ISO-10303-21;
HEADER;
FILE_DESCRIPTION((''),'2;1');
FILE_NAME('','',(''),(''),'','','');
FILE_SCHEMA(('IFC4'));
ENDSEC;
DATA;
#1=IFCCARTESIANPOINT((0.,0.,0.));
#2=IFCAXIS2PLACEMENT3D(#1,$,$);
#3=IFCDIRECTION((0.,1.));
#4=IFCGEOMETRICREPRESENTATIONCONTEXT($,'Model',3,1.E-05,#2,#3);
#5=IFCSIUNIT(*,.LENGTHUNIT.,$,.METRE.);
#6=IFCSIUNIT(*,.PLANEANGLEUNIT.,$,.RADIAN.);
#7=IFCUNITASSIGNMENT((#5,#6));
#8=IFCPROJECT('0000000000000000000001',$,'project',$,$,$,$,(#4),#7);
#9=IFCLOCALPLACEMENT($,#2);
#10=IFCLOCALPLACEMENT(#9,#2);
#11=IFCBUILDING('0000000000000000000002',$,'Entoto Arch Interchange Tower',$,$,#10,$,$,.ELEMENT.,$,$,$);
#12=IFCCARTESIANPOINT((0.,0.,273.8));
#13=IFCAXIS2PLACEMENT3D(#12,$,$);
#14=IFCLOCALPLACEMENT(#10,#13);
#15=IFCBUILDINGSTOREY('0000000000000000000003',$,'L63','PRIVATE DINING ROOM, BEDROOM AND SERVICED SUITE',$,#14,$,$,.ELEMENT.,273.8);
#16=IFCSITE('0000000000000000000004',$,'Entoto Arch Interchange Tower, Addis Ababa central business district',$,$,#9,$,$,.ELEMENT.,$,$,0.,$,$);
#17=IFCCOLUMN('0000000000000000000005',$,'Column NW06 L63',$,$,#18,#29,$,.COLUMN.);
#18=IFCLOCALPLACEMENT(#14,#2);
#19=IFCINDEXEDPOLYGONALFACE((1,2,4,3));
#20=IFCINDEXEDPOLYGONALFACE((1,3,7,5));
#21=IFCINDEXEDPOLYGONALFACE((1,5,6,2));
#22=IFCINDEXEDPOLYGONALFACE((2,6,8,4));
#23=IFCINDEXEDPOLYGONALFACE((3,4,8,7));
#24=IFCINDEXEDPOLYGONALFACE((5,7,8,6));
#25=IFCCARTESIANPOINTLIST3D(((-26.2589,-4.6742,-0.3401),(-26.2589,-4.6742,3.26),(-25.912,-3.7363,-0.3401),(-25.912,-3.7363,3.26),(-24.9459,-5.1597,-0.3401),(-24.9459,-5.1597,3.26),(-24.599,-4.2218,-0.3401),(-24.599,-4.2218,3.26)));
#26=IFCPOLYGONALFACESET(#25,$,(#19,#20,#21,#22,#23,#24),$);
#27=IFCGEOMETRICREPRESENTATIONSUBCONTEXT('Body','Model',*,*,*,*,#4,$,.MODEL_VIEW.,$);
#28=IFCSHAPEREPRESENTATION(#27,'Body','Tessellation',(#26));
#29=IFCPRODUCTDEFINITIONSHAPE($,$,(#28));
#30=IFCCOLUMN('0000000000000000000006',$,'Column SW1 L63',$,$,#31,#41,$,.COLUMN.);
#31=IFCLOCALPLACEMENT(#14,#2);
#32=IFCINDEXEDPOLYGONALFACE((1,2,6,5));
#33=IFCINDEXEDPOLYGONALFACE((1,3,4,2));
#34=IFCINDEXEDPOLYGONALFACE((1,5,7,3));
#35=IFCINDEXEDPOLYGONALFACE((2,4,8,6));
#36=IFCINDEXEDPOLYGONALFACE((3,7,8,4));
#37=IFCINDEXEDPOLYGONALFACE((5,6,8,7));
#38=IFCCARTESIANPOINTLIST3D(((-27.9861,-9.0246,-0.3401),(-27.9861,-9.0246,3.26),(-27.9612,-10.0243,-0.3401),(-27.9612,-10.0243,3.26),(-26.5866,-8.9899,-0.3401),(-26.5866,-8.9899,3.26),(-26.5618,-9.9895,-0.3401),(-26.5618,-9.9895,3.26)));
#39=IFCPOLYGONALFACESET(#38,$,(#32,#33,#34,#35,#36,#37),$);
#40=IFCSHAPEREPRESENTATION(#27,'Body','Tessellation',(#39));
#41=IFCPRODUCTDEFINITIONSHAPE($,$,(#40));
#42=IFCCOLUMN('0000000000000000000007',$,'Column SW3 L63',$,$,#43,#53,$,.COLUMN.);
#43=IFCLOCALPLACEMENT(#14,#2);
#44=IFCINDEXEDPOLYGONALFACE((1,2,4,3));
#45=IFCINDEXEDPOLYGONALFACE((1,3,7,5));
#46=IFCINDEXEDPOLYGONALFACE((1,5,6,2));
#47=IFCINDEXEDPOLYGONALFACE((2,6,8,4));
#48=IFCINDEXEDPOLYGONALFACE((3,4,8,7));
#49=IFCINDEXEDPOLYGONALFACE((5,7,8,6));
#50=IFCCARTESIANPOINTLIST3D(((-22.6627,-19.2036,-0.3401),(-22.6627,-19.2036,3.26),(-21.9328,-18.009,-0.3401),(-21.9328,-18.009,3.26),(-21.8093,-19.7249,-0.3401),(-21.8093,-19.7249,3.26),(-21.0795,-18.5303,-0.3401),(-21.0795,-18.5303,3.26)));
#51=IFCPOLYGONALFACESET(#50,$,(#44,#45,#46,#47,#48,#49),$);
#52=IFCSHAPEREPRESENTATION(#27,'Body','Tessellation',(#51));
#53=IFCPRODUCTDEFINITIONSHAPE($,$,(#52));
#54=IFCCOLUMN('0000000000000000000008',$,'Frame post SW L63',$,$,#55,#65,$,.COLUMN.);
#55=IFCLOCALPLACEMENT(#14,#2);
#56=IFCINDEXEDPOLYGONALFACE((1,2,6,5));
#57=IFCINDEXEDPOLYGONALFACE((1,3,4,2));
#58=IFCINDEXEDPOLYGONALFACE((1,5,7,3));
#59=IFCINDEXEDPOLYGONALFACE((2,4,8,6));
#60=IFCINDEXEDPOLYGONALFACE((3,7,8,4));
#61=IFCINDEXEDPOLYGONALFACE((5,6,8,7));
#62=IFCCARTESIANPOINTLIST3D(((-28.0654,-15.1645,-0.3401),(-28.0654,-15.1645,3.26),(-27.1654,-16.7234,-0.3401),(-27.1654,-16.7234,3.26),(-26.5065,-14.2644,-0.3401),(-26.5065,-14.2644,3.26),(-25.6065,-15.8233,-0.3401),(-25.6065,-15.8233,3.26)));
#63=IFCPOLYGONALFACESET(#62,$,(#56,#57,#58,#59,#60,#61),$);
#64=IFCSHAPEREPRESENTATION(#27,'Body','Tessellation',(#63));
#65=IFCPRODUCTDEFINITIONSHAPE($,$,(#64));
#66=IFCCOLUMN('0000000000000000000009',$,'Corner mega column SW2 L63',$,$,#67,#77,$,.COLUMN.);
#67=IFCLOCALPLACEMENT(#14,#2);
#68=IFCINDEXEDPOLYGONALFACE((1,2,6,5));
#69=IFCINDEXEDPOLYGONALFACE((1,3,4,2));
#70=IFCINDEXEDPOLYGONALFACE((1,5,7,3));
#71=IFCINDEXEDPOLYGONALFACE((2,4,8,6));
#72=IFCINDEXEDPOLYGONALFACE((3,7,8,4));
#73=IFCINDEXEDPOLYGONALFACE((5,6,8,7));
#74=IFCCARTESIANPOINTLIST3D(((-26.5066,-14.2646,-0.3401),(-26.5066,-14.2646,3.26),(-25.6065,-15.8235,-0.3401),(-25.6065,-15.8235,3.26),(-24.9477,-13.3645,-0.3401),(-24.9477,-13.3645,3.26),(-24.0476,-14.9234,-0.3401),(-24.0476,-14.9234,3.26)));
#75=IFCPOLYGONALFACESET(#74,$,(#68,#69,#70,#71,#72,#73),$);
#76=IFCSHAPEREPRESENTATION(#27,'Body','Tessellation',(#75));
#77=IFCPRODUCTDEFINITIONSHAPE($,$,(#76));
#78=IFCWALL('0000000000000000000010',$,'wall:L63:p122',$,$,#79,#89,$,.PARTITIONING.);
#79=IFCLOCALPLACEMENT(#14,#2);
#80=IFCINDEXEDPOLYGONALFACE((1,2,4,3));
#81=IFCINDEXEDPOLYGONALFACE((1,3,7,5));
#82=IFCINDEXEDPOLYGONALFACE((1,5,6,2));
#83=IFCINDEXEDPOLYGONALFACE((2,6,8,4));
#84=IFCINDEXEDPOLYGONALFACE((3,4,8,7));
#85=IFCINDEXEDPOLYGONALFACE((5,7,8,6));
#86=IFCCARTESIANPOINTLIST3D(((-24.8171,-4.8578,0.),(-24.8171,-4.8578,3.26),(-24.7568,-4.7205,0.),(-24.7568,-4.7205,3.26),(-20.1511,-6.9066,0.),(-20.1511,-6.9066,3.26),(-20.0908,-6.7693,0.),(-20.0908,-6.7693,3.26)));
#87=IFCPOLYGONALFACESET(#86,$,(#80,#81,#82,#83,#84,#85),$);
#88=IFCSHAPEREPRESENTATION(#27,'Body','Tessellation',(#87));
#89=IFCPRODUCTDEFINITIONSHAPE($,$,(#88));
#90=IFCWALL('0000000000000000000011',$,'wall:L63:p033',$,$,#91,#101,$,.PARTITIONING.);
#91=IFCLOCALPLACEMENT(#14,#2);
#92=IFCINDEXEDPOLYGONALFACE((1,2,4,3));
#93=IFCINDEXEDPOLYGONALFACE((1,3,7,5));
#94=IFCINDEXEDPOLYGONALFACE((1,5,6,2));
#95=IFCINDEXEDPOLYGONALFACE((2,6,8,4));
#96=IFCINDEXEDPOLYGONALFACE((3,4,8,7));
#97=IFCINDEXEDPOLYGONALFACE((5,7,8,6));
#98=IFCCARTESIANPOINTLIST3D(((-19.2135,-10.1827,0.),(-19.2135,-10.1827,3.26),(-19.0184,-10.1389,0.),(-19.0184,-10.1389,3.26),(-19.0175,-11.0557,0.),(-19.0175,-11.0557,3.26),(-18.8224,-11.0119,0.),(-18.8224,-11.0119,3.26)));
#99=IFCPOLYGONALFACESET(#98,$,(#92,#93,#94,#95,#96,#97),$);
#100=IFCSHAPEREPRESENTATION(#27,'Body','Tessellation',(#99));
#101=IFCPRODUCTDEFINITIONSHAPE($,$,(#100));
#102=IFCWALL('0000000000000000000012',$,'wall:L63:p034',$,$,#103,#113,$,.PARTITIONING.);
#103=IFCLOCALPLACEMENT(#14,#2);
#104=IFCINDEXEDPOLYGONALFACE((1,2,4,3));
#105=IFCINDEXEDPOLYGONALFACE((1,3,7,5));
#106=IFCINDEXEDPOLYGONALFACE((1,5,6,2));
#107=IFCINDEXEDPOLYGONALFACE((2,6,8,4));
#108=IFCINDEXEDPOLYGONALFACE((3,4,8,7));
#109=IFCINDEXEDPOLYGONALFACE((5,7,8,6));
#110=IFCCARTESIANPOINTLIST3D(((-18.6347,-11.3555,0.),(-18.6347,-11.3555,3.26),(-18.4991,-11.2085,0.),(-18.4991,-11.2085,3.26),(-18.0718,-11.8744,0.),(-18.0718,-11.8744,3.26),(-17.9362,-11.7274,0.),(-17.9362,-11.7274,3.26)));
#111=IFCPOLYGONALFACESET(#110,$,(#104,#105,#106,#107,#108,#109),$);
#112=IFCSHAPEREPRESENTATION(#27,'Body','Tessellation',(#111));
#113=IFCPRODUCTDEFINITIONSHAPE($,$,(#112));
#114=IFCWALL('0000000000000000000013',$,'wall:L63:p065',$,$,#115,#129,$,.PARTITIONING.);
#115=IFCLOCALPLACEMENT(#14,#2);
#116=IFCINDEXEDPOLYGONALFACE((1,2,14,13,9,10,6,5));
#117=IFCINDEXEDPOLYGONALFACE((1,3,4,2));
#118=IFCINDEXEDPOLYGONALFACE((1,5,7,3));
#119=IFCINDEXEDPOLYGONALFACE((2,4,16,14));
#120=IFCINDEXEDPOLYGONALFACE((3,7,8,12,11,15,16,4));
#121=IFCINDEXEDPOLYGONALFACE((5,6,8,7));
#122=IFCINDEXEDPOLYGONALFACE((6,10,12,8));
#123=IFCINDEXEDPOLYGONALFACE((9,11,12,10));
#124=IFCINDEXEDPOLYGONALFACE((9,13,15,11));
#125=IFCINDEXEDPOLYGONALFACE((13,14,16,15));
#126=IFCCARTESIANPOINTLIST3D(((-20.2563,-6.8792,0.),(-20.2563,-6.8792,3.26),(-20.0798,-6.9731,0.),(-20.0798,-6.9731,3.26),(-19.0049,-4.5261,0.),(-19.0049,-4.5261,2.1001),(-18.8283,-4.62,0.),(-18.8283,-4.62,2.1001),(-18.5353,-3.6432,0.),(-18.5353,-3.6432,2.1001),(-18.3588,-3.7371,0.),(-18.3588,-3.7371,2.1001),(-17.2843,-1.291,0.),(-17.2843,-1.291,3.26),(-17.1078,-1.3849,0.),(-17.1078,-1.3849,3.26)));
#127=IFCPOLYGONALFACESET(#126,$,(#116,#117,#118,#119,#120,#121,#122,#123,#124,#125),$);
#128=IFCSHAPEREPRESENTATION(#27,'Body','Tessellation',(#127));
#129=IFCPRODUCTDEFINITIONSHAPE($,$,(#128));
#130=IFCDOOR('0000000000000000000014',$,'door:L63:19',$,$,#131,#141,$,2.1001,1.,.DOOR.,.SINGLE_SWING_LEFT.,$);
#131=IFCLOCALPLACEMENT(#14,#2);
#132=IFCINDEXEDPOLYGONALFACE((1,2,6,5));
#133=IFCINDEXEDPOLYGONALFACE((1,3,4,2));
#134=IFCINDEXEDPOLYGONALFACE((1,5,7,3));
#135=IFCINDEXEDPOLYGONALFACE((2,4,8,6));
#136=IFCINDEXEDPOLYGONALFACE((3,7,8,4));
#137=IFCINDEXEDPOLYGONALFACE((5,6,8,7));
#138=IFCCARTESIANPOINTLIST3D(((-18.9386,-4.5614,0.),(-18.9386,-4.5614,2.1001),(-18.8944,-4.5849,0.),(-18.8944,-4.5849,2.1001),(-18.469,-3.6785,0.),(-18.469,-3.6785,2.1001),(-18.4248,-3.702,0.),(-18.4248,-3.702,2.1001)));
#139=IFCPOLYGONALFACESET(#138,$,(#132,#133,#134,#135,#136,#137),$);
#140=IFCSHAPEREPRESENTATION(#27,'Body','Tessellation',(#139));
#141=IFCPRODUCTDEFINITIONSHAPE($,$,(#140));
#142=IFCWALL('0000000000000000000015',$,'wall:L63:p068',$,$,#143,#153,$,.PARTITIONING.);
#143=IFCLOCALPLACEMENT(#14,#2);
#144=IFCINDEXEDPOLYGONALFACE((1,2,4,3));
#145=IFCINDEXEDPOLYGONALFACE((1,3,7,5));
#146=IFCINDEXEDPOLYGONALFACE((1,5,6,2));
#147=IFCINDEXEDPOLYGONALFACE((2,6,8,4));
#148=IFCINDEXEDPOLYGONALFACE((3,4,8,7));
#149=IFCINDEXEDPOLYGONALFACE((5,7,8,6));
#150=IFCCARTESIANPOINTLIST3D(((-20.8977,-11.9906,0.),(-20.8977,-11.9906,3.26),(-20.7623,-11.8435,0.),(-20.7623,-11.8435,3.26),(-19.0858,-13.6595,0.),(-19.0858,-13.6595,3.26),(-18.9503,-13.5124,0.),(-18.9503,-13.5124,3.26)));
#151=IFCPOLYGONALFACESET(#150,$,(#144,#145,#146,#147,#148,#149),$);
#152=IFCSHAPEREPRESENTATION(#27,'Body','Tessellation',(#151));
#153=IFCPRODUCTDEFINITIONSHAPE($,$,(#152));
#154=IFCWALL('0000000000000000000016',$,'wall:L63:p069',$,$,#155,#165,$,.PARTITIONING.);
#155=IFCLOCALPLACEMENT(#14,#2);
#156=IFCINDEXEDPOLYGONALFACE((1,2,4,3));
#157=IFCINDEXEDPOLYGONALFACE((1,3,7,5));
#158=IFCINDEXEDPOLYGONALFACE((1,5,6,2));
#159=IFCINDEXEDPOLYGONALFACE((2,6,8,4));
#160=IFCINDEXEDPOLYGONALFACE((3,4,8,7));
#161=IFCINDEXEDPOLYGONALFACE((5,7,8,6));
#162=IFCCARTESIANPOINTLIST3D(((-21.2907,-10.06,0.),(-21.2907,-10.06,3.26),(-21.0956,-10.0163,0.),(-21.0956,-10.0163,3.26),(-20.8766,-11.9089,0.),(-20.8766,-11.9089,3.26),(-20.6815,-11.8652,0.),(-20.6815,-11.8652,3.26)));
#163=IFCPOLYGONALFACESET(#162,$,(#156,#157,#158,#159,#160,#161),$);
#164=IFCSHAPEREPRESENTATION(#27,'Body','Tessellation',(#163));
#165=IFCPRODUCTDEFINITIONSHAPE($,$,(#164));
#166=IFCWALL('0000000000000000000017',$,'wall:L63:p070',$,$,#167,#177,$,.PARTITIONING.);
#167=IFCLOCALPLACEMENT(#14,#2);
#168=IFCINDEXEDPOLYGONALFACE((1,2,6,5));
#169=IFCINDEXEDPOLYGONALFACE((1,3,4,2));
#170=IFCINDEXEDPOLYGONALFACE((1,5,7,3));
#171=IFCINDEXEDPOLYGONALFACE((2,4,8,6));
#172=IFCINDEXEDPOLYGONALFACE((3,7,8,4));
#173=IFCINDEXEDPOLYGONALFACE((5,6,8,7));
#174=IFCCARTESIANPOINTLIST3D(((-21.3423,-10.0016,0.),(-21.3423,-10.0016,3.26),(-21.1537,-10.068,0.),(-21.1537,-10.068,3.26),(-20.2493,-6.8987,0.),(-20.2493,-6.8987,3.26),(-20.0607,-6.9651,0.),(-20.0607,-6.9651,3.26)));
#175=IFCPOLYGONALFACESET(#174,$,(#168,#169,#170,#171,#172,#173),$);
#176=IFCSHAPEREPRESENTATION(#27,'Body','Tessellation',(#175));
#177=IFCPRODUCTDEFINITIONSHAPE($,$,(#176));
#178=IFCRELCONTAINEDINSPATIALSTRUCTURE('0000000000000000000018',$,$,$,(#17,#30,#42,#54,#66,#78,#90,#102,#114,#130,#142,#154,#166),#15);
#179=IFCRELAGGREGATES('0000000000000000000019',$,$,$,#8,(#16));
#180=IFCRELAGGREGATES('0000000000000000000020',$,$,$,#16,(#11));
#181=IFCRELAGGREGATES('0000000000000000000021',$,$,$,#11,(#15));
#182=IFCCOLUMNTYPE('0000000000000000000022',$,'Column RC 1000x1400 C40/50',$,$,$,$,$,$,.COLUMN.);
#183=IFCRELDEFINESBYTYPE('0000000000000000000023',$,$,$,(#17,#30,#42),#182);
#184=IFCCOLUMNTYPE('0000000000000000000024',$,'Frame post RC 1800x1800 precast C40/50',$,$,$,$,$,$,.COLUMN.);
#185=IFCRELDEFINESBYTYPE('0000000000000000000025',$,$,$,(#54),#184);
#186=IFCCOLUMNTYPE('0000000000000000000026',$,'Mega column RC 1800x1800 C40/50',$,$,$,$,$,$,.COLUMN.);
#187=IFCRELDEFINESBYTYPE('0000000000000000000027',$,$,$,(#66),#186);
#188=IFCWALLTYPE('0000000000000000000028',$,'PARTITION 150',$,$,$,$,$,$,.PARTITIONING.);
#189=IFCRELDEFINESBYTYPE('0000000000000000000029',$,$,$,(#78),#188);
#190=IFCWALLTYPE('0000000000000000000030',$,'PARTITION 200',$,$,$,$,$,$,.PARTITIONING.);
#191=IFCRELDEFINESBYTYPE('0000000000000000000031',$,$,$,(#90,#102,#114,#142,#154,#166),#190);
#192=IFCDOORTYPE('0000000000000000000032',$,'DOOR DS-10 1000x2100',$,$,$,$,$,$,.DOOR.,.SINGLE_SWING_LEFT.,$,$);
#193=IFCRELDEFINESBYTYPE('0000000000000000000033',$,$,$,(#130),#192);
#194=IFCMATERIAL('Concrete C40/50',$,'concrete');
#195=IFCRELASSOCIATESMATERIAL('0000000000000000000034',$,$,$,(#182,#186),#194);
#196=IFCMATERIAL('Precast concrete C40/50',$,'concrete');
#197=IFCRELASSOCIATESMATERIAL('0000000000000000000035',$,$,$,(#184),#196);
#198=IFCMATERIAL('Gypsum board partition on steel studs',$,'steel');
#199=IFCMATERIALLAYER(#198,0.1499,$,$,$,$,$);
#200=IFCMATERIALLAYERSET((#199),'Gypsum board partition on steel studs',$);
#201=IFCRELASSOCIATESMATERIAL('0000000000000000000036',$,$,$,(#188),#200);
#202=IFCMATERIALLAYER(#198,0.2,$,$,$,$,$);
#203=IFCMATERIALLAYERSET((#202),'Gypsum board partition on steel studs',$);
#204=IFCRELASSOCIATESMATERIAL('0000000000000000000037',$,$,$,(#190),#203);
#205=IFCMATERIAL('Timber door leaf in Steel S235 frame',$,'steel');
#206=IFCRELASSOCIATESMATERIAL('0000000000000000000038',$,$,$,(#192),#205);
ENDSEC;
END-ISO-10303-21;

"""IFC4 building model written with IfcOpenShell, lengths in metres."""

from ifc_helpers import new_model, si_unit, direction, frame, frame_2d, origin, origin_2d, place, context, subcontext, project, spatial, rectangle, extrude, material, layer, layer_set, material_profile, profile_set, type_object, element, fill, save


model = new_model("IFC4")

# Units and contexts
model_context = context("Model", 3, precision=1e-05, world=origin(), true_north=direction((0.0, 1.0)))
body_context = subcontext(model_context, "Body", "Model", "MODEL_VIEW")
ifc_project = project(units=[si_unit("LENGTHUNIT", "METRE"), si_unit("PLANEANGLEUNIT", "RADIAN")], contexts=[model_context])

# Site, building, storey
site_placement = place(None, origin())
site = spatial("IfcSite", under=ifc_project, at=site_placement, Name="Entoto Arch Interchange Tower, Addis Ababa central business district", CompositionType="ELEMENT", RefElevation=0.0)
building_placement = place(site_placement, origin())
building = spatial("IfcBuilding", under=site, at=building_placement, Name="Entoto Arch Interchange Tower", CompositionType="ELEMENT")
storey_placement = place(building_placement, frame((0.0, 0.0, 273.8)))
storey = spatial("IfcBuildingStorey", under=building, at=storey_placement, Name="L63", Description="PRIVATE DINING ROOM, BEDROOM AND SERVICED SUITE", CompositionType="ELEMENT", Elevation=273.8)

# Columns
ifc_material_1 = material(Name="Concrete C40/50", Category="concrete")
ifc_material_profile_1 = material_profile(ifc_material_1, rectangle(XDim=1.0, YDim=1.3999, at=origin_2d()))
ifc_profile_set_1 = profile_set([ifc_material_profile_1], Name="Concrete C40/50")
column_type_1 = type_object("IfcColumnType", Name="Column RC 1000x1400 C40/50", PredefinedType="COLUMN", material=ifc_profile_set_1)
for number, where, z_axis, x_axis, name in (
    (1, (-25.429, -4.448, -0.3401), (0.0, 0.0, 1.0), (0.346854, 0.937919, 0.0), "Column NW06 L63"),
    (2, (-27.2739, -9.5071, -0.3401), (0.0, 0.0, 1.0), (-0.024833, 0.999692, 0.0), "Column SW1 L63"),
    (3, (-21.8711, -18.8669, -0.3401), (0.0, 0.0, 1.0), (-0.853342, 0.521352, 0.0), "Column SW3 L63"),
):
    element("IfcColumn", number, at=place(storey_placement, frame(where, z_axis=z_axis, x_axis=x_axis)), inside=storey, type_object=column_type_1, Name=name, PredefinedType="COLUMN", context=body_context, shape_type="SweptSolid", body=[
        extrude(rectangle(XDim=1.0, YDim=1.3999, at=origin_2d()), origin(), (0.0, 0.0, 1.0), 3.6001),
    ])
ifc_material_2 = material(Name="Precast concrete C40/50", Category="concrete")
ifc_material_profile_2 = material_profile(ifc_material_2, rectangle(XDim=1.8, YDim=1.8, at=origin_2d()))
ifc_profile_set_2 = profile_set([ifc_material_profile_2], Name="Precast concrete C40/50")
column_type_2 = type_object("IfcColumnType", Name="Frame post RC 1800x1800 precast C40/50", PredefinedType="COLUMN", material=ifc_profile_set_2)
column_1_placement = place(storey_placement, frame((-26.8359, -15.4939, -0.3401), z_axis=(0.0, 0.0, 1.0), x_axis=(0.866025, 0.5, 0.0)))
element("IfcColumn", 4, at=column_1_placement, inside=storey, type_object=column_type_2, Name="Frame post SW L63", PredefinedType="COLUMN", context=body_context, shape_type="SweptSolid", body=[
    extrude(rectangle(XDim=1.8, YDim=1.8, at=origin_2d()), origin(), (0.0, 0.0, 1.0), 3.6001),
])
ifc_material_profile_3 = material_profile(ifc_material_1, rectangle(XDim=1.8, YDim=1.8, at=origin_2d()))
ifc_profile_set_3 = profile_set([ifc_material_profile_3], Name="Concrete C40/50")
column_type_3 = type_object("IfcColumnType", Name="Mega column RC 1800x1800 C40/50", PredefinedType="COLUMN", material=ifc_profile_set_3)
column_2_placement = place(storey_placement, frame((-25.2771, -14.594, -0.3401), z_axis=(0.0, 0.0, 1.0), x_axis=(0.866025, 0.5, 0.0)))
element("IfcColumn", 5, at=column_2_placement, inside=storey, type_object=column_type_3, Name="Corner mega column SW2 L63", PredefinedType="COLUMN", context=body_context, shape_type="SweptSolid", body=[
    extrude(rectangle(XDim=1.8, YDim=1.8, at=origin_2d()), origin(), (0.0, 0.0, 1.0), 3.6001),
])

# Walls
ifc_material_3 = material(Name="Gypsum board partition on steel studs", Category="steel")
ifc_layer_1 = layer(ifc_material_3, 0.1499)
ifc_layer_set_1 = layer_set([ifc_layer_1], Name="Gypsum board partition on steel studs")
wall_type_1 = type_object("IfcWallType", Name="PARTITION 150", PredefinedType="PARTITIONING", material=ifc_layer_set_1)
wall_1_placement = place(storey_placement, frame((-20.1211, -6.8379, 0.0), z_axis=(0.0, 0.0, 1.0), x_axis=(-0.91562, 0.402045, 0.0)))
element("IfcWall", 6, at=wall_1_placement, inside=storey, type_object=wall_type_1, Name="wall:L63:p122", PredefinedType="PARTITIONING", context=body_context, shape_type="SweptSolid", body=[
    extrude(rectangle(XDim=5.0959, YDim=0.1499, at=frame_2d((2.5479, 0.0))), origin(), (0.0, 0.0, 1.0), 3.26),
])
ifc_layer_2 = layer(ifc_material_3, 0.2)
ifc_layer_set_2 = layer_set([ifc_layer_2], Name="Gypsum board partition on steel studs")
wall_type_2 = type_object("IfcWallType", Name="PARTITION 200", PredefinedType="PARTITIONING", material=ifc_layer_set_2)
wall_2_placement = place(storey_placement, frame((-19.116, -10.1609, 0.0), z_axis=(0.0, 0.0, 1.0), x_axis=(0.219097, -0.975703, 0.0)))
element("IfcWall", 7, at=wall_2_placement, inside=storey, type_object=wall_type_2, Name="wall:L63:p033", PredefinedType="PARTITIONING", context=body_context, shape_type="SweptSolid", body=[
    extrude(rectangle(XDim=0.8948, YDim=0.2, at=frame_2d((0.4473, 0.0))), origin(), (0.0, 0.0, 1.0), 3.26),
])
wall_3_placement = place(storey_placement, frame((-18.5669, -11.282, 0.0), z_axis=(0.0, 0.0, 1.0), x_axis=(0.735219, -0.67783, 0.0)))
element("IfcWall", 8, at=wall_3_placement, inside=storey, type_object=wall_type_2, Name="wall:L63:p034", PredefinedType="PARTITIONING", context=body_context, shape_type="SweptSolid", body=[
    extrude(rectangle(XDim=0.7656, YDim=0.2, at=frame_2d((0.3828, 0.0))), origin(), (0.0, 0.0, 1.0), 3.26),
])

# Wall, opening, door
wall_4_placement = place(storey_placement, frame((-20.168, -6.926, 0.0), z_axis=(0.0, 0.0, 1.0), x_axis=(0.469553, 0.882904, 0.0)))
wall_4 = element("IfcWall", 9, at=wall_4_placement, inside=storey, type_object=wall_type_2, Name="wall:L63:p065", PredefinedType="PARTITIONING", context=body_context, shape_type="SweptSolid", body=[
    extrude(rectangle(XDim=6.3293, YDim=0.2, at=frame_2d((3.1646, 0.0))), origin(), (0.0, 0.0, 1.0), 3.26),
])
opening_1_placement = place(wall_4_placement, frame((2.665, 0.0, 0.0)))
opening_1 = element("IfcOpeningElement", 10, at=opening_1_placement, cuts=wall_4, PredefinedType="OPENING", context=body_context, shape_type="SweptSolid", body=[
    extrude(rectangle(XDim=1.0, YDim=2.1001, at=frame_2d((0.5, 1.05))), frame((0.0, 0.1099, 0.0), z_axis=(0.0, -1.0, 0.0), x_axis=(1.0, 0.0, 0.0)), (0.0, 0.0, 1.0), 0.22),
])
ifc_material_4 = material(Name="Timber door leaf in Steel S235 frame", Category="steel")
door_type = type_object("IfcDoorType", Name="DOOR DS-10 1000x2100", OperationType="SINGLE_SWING_LEFT", PredefinedType="DOOR", material=ifc_material_4)
door_placement = place(opening_1_placement, origin())
door = element("IfcDoor", 11, at=door_placement, inside=storey, type_object=door_type, Name="door:L63:19", OperationType="SINGLE_SWING_LEFT", OverallHeight=2.1001, OverallWidth=1.0, PredefinedType="DOOR", context=body_context, shape_type="SweptSolid", body=[
    extrude(rectangle(XDim=1.0, YDim=2.1001, at=frame_2d((0.5, 1.05))), frame((0.0, 0.0249, 0.0), z_axis=(0.0, -1.0, 0.0), x_axis=(1.0, 0.0, 0.0)), (0.0, 0.0, 1.0), 0.05),
])
fill(opening_1, door)

# Walls
wall_5_placement = place(storey_placement, frame((-19.0181, -13.5859, 0.0), z_axis=(0.0, 0.0, 1.0), x_axis=(-0.735548, 0.677473, 0.0)))
element("IfcWall", 12, at=wall_5_placement, inside=storey, type_object=wall_type_2, Name="wall:L63:p068", PredefinedType="PARTITIONING", context=body_context, shape_type="SweptSolid", body=[
    extrude(rectangle(XDim=2.4634, YDim=0.2, at=frame_2d((1.2317, 0.0))), origin(), (0.0, 0.0, 1.0), 3.26),
])
wall_6_placement = place(storey_placement, frame((-20.7791, -11.887, 0.0), z_axis=(0.0, 0.0, 1.0), x_axis=(-0.21854, 0.975828, 0.0)))
element("IfcWall", 13, at=wall_6_placement, inside=storey, type_object=wall_type_2, Name="wall:L63:p069", PredefinedType="PARTITIONING", context=body_context, shape_type="SweptSolid", body=[
    extrude(rectangle(XDim=1.8948, YDim=0.2, at=frame_2d((0.9473, 0.0))), origin(), (0.0, 0.0, 1.0), 3.26),
])
wall_7_placement = place(storey_placement, frame((-21.248, -10.0349, 0.0), z_axis=(0.0, 0.0, 1.0), x_axis=(0.332234, 0.943197, 0.0)))
element("IfcWall", 14, at=wall_7_placement, inside=storey, type_object=wall_type_2, Name="wall:L63:p070", PredefinedType="PARTITIONING", context=body_context, shape_type="SweptSolid", body=[
    extrude(rectangle(XDim=3.2898, YDim=0.2, at=frame_2d((1.645, 0.0))), origin(), (0.0, 0.0, 1.0), 3.26),
])

save(model, "model.ifc")
